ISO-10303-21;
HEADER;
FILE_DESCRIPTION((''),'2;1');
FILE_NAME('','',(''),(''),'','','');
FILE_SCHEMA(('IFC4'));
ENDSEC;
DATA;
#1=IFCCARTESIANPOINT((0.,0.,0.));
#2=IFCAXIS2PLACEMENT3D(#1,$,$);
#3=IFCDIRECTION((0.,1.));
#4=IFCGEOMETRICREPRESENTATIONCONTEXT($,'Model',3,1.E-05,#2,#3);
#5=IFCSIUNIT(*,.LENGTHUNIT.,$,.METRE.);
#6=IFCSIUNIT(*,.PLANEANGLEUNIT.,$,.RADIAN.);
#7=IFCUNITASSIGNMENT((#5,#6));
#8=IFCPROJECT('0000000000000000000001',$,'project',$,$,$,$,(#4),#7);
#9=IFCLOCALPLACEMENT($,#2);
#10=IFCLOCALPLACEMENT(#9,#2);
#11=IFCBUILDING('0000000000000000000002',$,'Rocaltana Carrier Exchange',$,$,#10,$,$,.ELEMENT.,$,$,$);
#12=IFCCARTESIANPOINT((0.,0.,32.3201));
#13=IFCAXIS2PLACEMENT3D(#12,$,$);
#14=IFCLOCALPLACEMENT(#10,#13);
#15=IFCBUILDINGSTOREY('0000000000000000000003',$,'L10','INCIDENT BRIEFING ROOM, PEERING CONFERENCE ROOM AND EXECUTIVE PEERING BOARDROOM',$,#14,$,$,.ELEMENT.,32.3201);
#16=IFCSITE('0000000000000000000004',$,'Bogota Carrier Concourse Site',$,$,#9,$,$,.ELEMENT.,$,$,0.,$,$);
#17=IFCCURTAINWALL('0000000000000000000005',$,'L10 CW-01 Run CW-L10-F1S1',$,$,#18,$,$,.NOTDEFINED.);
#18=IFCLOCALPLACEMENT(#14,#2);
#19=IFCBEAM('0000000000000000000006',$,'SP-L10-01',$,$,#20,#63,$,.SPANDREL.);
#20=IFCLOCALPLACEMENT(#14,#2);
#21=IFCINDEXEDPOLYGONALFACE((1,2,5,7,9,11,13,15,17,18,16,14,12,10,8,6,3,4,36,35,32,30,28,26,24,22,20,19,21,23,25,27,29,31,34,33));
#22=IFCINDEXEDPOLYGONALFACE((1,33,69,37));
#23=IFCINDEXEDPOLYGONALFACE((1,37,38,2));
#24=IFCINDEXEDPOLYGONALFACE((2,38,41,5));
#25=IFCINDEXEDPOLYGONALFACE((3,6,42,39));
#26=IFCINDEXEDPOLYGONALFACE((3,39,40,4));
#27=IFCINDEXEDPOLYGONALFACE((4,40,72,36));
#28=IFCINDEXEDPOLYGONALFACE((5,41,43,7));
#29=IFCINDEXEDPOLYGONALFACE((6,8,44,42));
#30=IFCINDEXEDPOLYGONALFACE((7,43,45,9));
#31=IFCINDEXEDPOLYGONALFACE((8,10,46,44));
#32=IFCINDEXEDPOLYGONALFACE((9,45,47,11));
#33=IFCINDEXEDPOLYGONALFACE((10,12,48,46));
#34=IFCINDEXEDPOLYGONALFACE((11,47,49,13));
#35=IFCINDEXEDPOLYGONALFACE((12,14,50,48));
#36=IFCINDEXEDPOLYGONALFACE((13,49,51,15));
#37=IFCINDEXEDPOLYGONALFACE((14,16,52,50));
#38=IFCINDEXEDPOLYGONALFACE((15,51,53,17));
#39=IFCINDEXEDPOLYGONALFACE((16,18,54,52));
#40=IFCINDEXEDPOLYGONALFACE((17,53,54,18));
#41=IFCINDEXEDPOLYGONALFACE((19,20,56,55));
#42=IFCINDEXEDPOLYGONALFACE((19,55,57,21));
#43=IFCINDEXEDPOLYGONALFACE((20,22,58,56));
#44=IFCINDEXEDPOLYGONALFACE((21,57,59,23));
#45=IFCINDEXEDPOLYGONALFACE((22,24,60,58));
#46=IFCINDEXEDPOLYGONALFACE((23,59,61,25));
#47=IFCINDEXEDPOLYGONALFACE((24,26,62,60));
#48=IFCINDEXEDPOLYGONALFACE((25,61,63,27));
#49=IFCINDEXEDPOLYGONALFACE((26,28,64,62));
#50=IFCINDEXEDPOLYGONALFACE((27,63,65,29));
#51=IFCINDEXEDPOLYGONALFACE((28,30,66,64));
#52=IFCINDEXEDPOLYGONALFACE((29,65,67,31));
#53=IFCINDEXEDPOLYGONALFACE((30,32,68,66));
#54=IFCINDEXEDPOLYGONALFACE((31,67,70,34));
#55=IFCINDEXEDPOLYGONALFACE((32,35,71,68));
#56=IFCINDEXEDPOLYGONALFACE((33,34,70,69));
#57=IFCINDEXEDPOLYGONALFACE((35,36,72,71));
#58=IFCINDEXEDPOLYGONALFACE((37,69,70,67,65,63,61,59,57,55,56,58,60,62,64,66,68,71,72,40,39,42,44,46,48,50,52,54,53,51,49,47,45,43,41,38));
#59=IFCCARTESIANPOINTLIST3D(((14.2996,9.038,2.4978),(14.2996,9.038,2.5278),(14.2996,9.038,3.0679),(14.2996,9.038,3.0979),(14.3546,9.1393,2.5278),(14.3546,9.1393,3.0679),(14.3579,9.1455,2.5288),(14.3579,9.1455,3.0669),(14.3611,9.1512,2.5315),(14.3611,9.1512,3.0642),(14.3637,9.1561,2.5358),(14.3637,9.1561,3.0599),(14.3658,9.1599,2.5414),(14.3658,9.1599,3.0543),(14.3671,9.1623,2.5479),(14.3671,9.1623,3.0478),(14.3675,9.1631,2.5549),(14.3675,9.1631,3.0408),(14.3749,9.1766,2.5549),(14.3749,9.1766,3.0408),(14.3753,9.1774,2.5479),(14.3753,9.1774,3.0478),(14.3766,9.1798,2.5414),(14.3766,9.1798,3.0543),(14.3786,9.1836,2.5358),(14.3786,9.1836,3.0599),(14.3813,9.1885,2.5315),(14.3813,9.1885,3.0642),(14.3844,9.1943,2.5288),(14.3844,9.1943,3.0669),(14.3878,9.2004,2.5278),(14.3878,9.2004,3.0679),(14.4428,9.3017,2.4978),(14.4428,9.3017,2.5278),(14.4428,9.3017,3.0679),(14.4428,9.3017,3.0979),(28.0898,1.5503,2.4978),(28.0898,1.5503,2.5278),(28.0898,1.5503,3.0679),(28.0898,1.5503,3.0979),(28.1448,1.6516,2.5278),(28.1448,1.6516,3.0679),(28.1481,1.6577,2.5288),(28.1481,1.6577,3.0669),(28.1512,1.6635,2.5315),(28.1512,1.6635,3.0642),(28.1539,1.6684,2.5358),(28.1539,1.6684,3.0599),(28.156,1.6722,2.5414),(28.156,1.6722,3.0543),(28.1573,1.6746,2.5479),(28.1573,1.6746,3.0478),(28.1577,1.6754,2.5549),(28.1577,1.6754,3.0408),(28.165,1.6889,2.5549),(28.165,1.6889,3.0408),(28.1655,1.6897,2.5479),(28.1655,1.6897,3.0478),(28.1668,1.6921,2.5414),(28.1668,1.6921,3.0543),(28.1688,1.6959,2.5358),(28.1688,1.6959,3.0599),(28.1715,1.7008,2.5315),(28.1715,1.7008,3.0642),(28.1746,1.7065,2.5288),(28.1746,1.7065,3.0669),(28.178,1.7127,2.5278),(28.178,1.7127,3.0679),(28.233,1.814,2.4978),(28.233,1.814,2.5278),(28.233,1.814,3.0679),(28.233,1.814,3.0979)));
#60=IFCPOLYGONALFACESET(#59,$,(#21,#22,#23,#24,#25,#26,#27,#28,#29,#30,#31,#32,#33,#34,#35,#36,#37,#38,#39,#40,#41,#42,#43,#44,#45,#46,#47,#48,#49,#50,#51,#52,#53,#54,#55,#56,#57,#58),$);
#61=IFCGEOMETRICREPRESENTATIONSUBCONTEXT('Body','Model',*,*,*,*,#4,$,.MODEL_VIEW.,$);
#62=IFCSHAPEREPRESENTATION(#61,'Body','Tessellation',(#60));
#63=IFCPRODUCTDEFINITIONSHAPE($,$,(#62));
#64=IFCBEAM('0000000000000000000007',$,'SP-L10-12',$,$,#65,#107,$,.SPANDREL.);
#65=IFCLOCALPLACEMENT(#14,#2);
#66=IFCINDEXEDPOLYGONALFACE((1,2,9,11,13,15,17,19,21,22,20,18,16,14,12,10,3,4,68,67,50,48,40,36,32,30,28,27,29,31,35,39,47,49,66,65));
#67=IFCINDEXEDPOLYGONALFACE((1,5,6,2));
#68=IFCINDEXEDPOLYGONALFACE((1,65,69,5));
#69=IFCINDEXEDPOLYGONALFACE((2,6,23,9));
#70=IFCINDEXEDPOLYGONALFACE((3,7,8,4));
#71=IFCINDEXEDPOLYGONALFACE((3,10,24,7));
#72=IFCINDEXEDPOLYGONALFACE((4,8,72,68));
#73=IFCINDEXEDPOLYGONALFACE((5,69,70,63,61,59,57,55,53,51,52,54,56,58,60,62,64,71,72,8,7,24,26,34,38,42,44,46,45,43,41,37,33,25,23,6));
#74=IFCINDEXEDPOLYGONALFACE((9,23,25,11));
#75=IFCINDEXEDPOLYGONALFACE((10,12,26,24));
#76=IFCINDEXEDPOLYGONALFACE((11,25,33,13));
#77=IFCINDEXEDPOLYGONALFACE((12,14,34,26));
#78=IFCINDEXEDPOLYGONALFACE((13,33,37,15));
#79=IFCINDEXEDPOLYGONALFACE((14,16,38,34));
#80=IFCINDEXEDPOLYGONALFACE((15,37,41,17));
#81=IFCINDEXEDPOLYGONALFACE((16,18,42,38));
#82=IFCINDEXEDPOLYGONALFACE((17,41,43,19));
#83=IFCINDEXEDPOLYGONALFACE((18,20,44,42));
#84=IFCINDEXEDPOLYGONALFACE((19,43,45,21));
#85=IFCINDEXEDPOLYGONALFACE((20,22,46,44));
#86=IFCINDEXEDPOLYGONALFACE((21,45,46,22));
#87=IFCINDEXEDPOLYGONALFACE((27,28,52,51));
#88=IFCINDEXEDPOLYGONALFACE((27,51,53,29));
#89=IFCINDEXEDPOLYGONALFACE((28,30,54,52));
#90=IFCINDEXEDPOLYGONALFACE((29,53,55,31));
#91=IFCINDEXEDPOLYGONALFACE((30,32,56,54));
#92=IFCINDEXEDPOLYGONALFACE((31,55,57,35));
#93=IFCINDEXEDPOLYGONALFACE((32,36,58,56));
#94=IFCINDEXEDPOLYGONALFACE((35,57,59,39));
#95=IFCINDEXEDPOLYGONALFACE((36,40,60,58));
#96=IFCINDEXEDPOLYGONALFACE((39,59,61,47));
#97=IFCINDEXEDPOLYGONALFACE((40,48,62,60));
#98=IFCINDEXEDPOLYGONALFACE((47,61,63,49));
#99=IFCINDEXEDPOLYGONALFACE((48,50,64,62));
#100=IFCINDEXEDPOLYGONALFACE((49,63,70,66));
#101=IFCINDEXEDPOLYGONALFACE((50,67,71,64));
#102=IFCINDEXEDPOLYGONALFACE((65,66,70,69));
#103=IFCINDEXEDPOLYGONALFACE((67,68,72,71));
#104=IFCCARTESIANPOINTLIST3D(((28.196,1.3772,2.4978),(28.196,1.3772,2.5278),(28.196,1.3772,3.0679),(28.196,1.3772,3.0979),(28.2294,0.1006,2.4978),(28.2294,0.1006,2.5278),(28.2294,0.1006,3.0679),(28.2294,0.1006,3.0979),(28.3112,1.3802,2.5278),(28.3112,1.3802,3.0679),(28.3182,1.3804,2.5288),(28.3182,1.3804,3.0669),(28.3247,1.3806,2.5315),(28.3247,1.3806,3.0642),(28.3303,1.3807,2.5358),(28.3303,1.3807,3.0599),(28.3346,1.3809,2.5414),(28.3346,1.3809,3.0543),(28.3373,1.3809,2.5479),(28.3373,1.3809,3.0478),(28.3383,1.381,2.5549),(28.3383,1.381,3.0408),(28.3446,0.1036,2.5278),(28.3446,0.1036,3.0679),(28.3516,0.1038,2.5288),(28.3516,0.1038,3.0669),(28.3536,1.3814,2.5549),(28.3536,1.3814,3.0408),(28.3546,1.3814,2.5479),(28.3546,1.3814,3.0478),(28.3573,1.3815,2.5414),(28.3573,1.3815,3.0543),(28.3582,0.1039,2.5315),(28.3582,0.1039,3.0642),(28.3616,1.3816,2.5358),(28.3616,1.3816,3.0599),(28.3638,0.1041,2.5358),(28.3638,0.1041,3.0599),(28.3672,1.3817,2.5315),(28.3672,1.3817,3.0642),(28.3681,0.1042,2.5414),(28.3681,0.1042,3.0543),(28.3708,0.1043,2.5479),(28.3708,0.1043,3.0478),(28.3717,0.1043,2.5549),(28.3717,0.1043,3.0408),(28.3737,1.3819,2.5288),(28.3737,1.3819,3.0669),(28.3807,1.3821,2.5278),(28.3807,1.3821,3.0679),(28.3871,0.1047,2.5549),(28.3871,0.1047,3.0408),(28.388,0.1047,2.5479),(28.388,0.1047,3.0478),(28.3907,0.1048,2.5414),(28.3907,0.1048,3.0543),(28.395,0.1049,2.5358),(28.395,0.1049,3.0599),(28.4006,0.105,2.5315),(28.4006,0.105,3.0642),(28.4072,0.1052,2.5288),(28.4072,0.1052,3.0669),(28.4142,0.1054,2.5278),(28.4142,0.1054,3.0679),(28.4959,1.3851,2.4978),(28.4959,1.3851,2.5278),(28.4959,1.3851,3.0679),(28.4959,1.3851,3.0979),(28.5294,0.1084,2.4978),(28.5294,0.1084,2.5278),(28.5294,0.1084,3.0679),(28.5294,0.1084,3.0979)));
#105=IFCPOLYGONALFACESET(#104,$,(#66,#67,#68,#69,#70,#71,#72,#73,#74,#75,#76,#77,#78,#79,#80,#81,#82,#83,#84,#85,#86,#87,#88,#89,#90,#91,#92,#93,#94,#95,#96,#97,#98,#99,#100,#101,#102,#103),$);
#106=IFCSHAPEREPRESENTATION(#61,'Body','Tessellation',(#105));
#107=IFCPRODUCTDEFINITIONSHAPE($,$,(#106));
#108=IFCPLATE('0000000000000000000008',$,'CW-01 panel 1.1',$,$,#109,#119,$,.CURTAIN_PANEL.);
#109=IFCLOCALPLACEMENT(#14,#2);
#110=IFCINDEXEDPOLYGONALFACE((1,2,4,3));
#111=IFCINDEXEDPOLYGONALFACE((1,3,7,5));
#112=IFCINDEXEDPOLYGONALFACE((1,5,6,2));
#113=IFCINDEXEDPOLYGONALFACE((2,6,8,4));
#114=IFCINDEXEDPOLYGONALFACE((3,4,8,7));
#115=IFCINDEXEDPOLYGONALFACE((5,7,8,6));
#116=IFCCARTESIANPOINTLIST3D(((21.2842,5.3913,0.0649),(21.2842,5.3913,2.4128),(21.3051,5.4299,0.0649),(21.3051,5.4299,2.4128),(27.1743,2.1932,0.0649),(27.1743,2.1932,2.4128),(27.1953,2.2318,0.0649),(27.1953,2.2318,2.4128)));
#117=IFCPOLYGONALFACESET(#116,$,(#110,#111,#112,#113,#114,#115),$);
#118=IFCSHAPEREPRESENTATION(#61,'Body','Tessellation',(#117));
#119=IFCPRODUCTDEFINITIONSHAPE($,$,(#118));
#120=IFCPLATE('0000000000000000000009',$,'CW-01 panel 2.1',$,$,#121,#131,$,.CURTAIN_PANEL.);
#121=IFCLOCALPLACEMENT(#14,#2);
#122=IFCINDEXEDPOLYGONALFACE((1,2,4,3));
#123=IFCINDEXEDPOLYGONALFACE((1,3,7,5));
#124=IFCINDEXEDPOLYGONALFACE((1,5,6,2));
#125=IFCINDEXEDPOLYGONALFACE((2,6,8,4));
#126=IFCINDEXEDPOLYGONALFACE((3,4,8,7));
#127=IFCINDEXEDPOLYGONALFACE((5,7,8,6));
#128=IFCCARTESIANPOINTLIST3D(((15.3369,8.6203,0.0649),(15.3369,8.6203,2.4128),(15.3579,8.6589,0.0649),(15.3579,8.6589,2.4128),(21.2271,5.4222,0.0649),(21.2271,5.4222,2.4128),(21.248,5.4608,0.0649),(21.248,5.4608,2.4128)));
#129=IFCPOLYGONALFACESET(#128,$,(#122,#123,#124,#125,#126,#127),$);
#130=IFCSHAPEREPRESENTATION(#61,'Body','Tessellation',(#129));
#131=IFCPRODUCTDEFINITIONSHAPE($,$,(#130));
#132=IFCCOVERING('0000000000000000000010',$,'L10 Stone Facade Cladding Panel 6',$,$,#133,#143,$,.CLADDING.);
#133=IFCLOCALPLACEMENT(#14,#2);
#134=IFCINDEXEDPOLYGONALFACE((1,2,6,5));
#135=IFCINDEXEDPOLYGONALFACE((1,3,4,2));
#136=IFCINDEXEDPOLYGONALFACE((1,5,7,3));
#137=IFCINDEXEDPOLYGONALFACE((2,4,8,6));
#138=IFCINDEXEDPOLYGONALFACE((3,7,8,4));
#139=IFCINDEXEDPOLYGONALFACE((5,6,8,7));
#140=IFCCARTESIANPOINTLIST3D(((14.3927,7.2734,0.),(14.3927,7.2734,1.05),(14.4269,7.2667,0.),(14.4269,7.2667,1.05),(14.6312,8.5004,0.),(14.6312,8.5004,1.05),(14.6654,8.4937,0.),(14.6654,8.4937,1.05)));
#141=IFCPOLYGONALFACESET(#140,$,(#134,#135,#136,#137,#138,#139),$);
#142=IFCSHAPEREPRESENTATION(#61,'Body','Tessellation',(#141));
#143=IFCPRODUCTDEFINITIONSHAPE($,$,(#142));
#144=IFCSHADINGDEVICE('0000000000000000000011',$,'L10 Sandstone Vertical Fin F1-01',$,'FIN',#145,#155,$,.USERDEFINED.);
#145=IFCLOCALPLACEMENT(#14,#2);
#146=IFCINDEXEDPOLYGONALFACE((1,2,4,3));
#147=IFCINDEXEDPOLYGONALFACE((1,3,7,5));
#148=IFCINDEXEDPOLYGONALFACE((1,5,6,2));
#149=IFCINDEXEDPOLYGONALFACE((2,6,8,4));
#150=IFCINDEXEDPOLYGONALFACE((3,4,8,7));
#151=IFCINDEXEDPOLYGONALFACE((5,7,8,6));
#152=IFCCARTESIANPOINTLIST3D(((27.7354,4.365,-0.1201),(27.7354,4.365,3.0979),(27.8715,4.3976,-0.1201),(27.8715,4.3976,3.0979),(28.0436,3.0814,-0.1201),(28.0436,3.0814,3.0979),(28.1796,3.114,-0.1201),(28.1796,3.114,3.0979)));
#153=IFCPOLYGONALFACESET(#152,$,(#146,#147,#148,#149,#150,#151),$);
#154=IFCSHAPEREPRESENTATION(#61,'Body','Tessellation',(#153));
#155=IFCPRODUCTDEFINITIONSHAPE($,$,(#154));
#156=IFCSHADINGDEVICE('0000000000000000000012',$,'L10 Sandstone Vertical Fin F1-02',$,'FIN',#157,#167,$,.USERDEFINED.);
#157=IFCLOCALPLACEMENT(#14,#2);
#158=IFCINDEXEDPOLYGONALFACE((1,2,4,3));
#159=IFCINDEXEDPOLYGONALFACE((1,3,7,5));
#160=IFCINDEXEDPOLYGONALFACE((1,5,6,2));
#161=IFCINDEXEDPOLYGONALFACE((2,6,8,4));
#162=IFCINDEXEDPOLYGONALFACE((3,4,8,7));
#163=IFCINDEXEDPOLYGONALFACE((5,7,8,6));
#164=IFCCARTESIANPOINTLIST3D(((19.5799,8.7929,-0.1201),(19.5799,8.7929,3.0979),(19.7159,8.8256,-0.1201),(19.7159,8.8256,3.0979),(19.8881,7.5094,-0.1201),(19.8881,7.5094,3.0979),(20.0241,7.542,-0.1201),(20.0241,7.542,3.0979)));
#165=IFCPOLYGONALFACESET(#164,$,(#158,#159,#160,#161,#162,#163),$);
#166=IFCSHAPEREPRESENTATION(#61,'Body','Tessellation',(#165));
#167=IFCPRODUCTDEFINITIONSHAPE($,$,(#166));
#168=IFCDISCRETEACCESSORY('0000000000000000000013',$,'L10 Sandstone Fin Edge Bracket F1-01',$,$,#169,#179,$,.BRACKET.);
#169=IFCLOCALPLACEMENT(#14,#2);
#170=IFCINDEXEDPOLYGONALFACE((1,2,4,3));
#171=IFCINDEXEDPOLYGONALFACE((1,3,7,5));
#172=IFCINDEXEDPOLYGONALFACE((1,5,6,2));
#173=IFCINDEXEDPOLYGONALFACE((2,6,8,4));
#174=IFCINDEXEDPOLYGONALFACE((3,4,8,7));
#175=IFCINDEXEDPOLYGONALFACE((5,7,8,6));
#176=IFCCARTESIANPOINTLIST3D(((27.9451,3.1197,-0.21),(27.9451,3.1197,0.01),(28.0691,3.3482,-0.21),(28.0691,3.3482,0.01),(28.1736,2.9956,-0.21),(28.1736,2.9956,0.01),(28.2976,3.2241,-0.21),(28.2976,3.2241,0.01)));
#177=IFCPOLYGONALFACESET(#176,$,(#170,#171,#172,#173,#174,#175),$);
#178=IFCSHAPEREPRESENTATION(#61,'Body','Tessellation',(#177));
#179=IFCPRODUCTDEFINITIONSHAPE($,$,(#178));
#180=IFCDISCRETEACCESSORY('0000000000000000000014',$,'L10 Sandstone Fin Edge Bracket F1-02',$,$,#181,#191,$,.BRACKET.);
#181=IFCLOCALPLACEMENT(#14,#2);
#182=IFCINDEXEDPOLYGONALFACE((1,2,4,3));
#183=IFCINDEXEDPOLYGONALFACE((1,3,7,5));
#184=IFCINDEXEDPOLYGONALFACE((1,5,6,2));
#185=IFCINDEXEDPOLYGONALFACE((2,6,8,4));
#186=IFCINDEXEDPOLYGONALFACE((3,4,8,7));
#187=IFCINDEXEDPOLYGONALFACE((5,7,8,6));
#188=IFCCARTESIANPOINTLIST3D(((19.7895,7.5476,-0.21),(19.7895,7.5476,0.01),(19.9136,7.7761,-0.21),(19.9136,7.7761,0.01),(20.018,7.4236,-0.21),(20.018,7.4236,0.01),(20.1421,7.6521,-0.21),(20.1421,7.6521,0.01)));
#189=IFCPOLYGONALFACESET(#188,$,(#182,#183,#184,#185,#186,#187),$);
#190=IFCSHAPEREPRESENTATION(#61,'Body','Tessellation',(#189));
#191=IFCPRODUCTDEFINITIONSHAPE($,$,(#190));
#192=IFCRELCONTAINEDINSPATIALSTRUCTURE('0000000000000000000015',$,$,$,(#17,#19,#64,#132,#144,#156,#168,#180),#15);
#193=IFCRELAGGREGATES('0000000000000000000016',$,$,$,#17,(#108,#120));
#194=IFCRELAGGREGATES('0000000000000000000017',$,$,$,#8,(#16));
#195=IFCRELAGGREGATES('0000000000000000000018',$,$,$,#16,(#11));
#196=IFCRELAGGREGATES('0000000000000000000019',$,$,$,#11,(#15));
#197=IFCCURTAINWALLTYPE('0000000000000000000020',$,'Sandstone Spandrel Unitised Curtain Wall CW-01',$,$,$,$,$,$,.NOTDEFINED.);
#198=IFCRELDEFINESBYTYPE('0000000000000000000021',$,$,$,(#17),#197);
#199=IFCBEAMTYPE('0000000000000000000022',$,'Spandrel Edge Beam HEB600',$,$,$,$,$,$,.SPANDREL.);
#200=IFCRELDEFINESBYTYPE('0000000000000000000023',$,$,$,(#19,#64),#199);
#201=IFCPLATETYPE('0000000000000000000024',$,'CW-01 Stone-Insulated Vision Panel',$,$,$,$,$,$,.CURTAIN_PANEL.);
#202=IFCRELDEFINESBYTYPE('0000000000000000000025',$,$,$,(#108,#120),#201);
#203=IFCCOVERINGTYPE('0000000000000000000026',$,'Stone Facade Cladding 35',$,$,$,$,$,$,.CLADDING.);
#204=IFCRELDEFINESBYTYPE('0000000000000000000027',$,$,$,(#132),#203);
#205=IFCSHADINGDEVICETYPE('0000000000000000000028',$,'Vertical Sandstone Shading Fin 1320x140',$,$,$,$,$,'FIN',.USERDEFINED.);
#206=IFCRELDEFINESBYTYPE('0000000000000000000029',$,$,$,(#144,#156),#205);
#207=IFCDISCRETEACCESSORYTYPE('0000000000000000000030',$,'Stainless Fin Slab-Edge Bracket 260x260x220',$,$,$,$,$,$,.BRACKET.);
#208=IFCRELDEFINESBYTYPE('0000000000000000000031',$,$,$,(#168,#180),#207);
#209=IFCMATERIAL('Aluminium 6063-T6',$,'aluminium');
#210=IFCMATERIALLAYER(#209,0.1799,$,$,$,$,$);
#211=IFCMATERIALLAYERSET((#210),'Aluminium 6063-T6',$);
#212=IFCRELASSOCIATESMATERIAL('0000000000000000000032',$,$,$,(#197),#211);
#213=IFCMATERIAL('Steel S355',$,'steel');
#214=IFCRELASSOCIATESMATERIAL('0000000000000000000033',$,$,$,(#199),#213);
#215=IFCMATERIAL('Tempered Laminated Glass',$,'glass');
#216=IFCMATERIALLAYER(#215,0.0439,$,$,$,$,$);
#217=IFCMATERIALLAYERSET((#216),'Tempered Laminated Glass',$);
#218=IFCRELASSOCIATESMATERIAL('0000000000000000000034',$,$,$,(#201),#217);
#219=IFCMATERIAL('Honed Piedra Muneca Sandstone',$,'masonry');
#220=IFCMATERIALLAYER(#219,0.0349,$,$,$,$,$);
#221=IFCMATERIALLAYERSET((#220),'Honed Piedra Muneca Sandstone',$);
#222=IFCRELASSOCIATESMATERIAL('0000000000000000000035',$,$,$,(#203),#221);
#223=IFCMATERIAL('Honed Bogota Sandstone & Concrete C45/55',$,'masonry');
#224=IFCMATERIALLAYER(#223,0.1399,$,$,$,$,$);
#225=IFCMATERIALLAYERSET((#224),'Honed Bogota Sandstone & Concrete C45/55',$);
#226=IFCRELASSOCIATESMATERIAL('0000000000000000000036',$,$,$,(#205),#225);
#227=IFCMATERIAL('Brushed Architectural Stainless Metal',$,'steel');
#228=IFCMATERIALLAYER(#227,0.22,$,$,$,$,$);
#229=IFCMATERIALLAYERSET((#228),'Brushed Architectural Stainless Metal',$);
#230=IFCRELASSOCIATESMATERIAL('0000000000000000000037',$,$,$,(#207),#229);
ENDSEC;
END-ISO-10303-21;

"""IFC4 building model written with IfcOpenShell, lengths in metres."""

from ifc_helpers import new_model, si_unit, direction, frame, origin, origin_2d, place, context, subcontext, project, spatial, rectangle, i_section, extrude, material, layer, layer_set, material_profile, profile_set, type_object, element, aggregate, save


model = new_model("IFC4")

# Units and contexts
model_context = context("Model", 3, precision=1e-05, world=origin(), true_north=direction((0.0, 1.0)))
body_context = subcontext(model_context, "Body", "Model", "MODEL_VIEW")
ifc_project = project(units=[si_unit("LENGTHUNIT", "METRE"), si_unit("PLANEANGLEUNIT", "RADIAN")], contexts=[model_context])

# Site, building, storey
site_placement = place(None, origin())
site = spatial("IfcSite", under=ifc_project, at=site_placement, Name="Bogota Carrier Concourse Site", CompositionType="ELEMENT", RefElevation=0.0)
building_placement = place(site_placement, origin())
building = spatial("IfcBuilding", under=site, at=building_placement, Name="Rocaltana Carrier Exchange", CompositionType="ELEMENT")
storey_placement = place(building_placement, frame((0.0, 0.0, 32.3201)))
storey = spatial("IfcBuildingStorey", under=building, at=storey_placement, Name="L10", Description="INCIDENT BRIEFING ROOM, PEERING CONFERENCE ROOM AND EXECUTIVE PEERING BOARDROOM", CompositionType="ELEMENT", Elevation=32.3201)

# Curtain wall
ifc_material_1 = material(Name="Aluminium 6063-T6", Category="aluminium")
ifc_layer_1 = layer(ifc_material_1, 0.1799)
ifc_layer_set_1 = layer_set([ifc_layer_1], Name="Aluminium 6063-T6")
curtain_wall_type = type_object("IfcCurtainWallType", Name="Sandstone Spandrel Unitised Curtain Wall CW-01", PredefinedType="NOTDEFINED", material=ifc_layer_set_1)
curtain_wall_placement = place(storey_placement, origin())
curtain_wall = element("IfcCurtainWall", 1, at=curtain_wall_placement, inside=storey, type_object=curtain_wall_type, Name="L10 CW-01 Run CW-L10-F1S1", PredefinedType="NOTDEFINED")

# Beams
ifc_material_2 = material(Name="Steel S355", Category="steel")
ifc_material_profile_1 = material_profile(ifc_material_2, i_section(OverallWidth=0.3, OverallDepth=0.6001, WebThickness=0.0154, FlangeThickness=0.03, FilletRadius=0.0271, at=origin_2d()), Name="HEB600")
ifc_profile_set_1 = profile_set([ifc_material_profile_1], Name="Steel S355")
beam_type_1 = type_object("IfcBeamType", Name="Spandrel Edge Beam HEB600", PredefinedType="SPANDREL", material=ifc_profile_set_1)
beam_1_placement = place(storey_placement, frame((28.1614, 1.6821, 2.7979), z_axis=(-0.87881, 0.477173, 0.0), x_axis=(-0.477173, -0.87881, 0.0)))
element("IfcBeam", 2, at=beam_1_placement, inside=storey, type_object=beam_type_1, Name="SP-L10-01", PredefinedType="SPANDREL", context=body_context, shape_type="SweptSolid", body=[
    extrude(i_section(OverallWidth=0.3, OverallDepth=0.6001, WebThickness=0.0154, FlangeThickness=0.03, FilletRadius=0.0271, at=origin_2d()), origin(), (0.0, 0.0, 1.0), 15.6919),
])
beam_2_placement = place(storey_placement, frame((28.3794, 0.1045, 2.7979), z_axis=(-0.026191, 0.999657, 0.0), x_axis=(-0.999657, -0.026191, 0.0)))
element("IfcBeam", 3, at=beam_2_placement, inside=storey, type_object=beam_type_1, Name="SP-L10-12", PredefinedType="SPANDREL", context=body_context, shape_type="SweptSolid", body=[
    extrude(i_section(OverallWidth=0.3, OverallDepth=0.6001, WebThickness=0.0154, FlangeThickness=0.03, FilletRadius=0.0271, at=origin_2d()), origin(), (0.0, 0.0, 1.0), 1.2771),
])

# Plates
ifc_material_3 = material(Name="Tempered Laminated Glass", Category="glass")
ifc_layer_2 = layer(ifc_material_3, 0.0439)
ifc_layer_set_2 = layer_set([ifc_layer_2], Name="Tempered Laminated Glass")
plate_type = type_object("IfcPlateType", Name="CW-01 Stone-Insulated Vision Panel", PredefinedType="CURTAIN_PANEL", material=ifc_layer_set_2)
plate_1_placement = place(storey_placement, frame((24.2397, 3.8115, 0.0649), z_axis=(0.0, 0.0, 1.0), x_axis=(-0.878816, 0.477161, 0.0)))
plate_1 = element("IfcPlate", 4, at=plate_1_placement, type_object=plate_type, Name="CW-01 panel 1.1", PredefinedType="CURTAIN_PANEL", context=body_context, shape_type="SweptSolid", body=[
    extrude(rectangle(XDim=6.7024, YDim=0.0439, at=origin_2d()), origin(), (0.0, 0.0, 1.0), 2.3479),
])
plate_2_placement = place(storey_placement, frame((18.2925, 7.0405, 0.0649), z_axis=(0.0, 0.0, 1.0), x_axis=(-0.878816, 0.477161, 0.0)))
plate_2 = element("IfcPlate", 5, at=plate_2_placement, type_object=plate_type, Name="CW-01 panel 2.1", PredefinedType="CURTAIN_PANEL", context=body_context, shape_type="SweptSolid", body=[
    extrude(rectangle(XDim=6.7024, YDim=0.0439, at=origin_2d()), origin(), (0.0, 0.0, 1.0), 2.3479),
])
aggregate(curtain_wall, [plate_1, plate_2])

# Covering
ifc_material_4 = material(Name="Honed Piedra Muneca Sandstone", Category="masonry")
ifc_layer_3 = layer(ifc_material_4, 0.0349)
ifc_layer_set_3 = layer_set([ifc_layer_3], Name="Honed Piedra Muneca Sandstone")
covering_type = type_object("IfcCoveringType", Name="Stone Facade Cladding 35", PredefinedType="CLADDING", material=ifc_layer_set_3)
covering_placement = place(storey_placement, frame((14.5291, 7.8835, 0.0), z_axis=(0.0, 0.0, 1.0), x_axis=(0.190809, 0.981627, 0.0)))
element("IfcCovering", 6, at=covering_placement, inside=storey, type_object=covering_type, Name="L10 Stone Facade Cladding Panel 6", PredefinedType="CLADDING", context=body_context, shape_type="SweptSolid", body=[
    extrude(rectangle(XDim=1.25, YDim=0.0349, at=origin_2d()), origin(), (0.0, 0.0, 1.0), 1.05),
])

# Shading devices
ifc_material_5 = material(Name="Honed Bogota Sandstone & Concrete C45/55", Category="masonry")
ifc_layer_4 = layer(ifc_material_5, 0.1399)
ifc_layer_set_4 = layer_set([ifc_layer_4], Name="Honed Bogota Sandstone & Concrete C45/55")
shading_device_type = type_object("IfcShadingDeviceType", Name="Vertical Sandstone Shading Fin 1320x140", ElementType="FIN", PredefinedType="USERDEFINED", material=ifc_layer_set_4)
for number, where, z_axis, x_axis, name in (
    (7, (27.9575, 3.7395, -0.1201), (0.0, 0.0, 1.0), (-0.233445, 0.97237, 0.0), "L10 Sandstone Vertical Fin F1-01"),
    (8, (19.802, 8.1675, -0.1201), (0.0, 0.0, 1.0), (-0.233445, 0.97237, 0.0), "L10 Sandstone Vertical Fin F1-02"),
):
    element("IfcShadingDevice", number, at=place(storey_placement, frame(where, z_axis=z_axis, x_axis=x_axis)), inside=storey, type_object=shading_device_type, Name=name, ObjectType="FIN", PredefinedType="USERDEFINED", context=body_context, shape_type="SweptSolid", body=[
        extrude(rectangle(XDim=1.3201, YDim=0.1399, at=origin_2d()), origin(), (0.0, 0.0, 1.0), 3.218),
    ])

# Discrete accessories
ifc_material_6 = material(Name="Brushed Architectural Stainless Metal", Category="steel")
ifc_layer_5 = layer(ifc_material_6, 0.22)
ifc_layer_set_5 = layer_set([ifc_layer_5], Name="Brushed Architectural Stainless Metal")
discrete_accessory_type = type_object("IfcDiscreteAccessoryType", Name="Stainless Fin Slab-Edge Bracket 260x260x220", PredefinedType="BRACKET", material=ifc_layer_set_5)
for number, where, z_axis, x_axis, name in (
    (9, (28.1213, 3.1719, -0.21), (0.0, 0.0, 1.0), (-0.878817, 0.477159, 0.0), "L10 Sandstone Fin Edge Bracket F1-01"),
    (10, (19.9658, 7.5999, -0.21), (0.0, 0.0, 1.0), (-0.878817, 0.477159, 0.0), "L10 Sandstone Fin Edge Bracket F1-02"),
):
    element("IfcDiscreteAccessory", number, at=place(storey_placement, frame(where, z_axis=z_axis, x_axis=x_axis)), inside=storey, type_object=discrete_accessory_type, Name=name, PredefinedType="BRACKET", context=body_context, shape_type="SweptSolid", body=[
        extrude(rectangle(XDim=0.26, YDim=0.26, at=origin_2d()), origin(), (0.0, 0.0, 1.0), 0.22),
    ])

save(model, "model.ifc")
